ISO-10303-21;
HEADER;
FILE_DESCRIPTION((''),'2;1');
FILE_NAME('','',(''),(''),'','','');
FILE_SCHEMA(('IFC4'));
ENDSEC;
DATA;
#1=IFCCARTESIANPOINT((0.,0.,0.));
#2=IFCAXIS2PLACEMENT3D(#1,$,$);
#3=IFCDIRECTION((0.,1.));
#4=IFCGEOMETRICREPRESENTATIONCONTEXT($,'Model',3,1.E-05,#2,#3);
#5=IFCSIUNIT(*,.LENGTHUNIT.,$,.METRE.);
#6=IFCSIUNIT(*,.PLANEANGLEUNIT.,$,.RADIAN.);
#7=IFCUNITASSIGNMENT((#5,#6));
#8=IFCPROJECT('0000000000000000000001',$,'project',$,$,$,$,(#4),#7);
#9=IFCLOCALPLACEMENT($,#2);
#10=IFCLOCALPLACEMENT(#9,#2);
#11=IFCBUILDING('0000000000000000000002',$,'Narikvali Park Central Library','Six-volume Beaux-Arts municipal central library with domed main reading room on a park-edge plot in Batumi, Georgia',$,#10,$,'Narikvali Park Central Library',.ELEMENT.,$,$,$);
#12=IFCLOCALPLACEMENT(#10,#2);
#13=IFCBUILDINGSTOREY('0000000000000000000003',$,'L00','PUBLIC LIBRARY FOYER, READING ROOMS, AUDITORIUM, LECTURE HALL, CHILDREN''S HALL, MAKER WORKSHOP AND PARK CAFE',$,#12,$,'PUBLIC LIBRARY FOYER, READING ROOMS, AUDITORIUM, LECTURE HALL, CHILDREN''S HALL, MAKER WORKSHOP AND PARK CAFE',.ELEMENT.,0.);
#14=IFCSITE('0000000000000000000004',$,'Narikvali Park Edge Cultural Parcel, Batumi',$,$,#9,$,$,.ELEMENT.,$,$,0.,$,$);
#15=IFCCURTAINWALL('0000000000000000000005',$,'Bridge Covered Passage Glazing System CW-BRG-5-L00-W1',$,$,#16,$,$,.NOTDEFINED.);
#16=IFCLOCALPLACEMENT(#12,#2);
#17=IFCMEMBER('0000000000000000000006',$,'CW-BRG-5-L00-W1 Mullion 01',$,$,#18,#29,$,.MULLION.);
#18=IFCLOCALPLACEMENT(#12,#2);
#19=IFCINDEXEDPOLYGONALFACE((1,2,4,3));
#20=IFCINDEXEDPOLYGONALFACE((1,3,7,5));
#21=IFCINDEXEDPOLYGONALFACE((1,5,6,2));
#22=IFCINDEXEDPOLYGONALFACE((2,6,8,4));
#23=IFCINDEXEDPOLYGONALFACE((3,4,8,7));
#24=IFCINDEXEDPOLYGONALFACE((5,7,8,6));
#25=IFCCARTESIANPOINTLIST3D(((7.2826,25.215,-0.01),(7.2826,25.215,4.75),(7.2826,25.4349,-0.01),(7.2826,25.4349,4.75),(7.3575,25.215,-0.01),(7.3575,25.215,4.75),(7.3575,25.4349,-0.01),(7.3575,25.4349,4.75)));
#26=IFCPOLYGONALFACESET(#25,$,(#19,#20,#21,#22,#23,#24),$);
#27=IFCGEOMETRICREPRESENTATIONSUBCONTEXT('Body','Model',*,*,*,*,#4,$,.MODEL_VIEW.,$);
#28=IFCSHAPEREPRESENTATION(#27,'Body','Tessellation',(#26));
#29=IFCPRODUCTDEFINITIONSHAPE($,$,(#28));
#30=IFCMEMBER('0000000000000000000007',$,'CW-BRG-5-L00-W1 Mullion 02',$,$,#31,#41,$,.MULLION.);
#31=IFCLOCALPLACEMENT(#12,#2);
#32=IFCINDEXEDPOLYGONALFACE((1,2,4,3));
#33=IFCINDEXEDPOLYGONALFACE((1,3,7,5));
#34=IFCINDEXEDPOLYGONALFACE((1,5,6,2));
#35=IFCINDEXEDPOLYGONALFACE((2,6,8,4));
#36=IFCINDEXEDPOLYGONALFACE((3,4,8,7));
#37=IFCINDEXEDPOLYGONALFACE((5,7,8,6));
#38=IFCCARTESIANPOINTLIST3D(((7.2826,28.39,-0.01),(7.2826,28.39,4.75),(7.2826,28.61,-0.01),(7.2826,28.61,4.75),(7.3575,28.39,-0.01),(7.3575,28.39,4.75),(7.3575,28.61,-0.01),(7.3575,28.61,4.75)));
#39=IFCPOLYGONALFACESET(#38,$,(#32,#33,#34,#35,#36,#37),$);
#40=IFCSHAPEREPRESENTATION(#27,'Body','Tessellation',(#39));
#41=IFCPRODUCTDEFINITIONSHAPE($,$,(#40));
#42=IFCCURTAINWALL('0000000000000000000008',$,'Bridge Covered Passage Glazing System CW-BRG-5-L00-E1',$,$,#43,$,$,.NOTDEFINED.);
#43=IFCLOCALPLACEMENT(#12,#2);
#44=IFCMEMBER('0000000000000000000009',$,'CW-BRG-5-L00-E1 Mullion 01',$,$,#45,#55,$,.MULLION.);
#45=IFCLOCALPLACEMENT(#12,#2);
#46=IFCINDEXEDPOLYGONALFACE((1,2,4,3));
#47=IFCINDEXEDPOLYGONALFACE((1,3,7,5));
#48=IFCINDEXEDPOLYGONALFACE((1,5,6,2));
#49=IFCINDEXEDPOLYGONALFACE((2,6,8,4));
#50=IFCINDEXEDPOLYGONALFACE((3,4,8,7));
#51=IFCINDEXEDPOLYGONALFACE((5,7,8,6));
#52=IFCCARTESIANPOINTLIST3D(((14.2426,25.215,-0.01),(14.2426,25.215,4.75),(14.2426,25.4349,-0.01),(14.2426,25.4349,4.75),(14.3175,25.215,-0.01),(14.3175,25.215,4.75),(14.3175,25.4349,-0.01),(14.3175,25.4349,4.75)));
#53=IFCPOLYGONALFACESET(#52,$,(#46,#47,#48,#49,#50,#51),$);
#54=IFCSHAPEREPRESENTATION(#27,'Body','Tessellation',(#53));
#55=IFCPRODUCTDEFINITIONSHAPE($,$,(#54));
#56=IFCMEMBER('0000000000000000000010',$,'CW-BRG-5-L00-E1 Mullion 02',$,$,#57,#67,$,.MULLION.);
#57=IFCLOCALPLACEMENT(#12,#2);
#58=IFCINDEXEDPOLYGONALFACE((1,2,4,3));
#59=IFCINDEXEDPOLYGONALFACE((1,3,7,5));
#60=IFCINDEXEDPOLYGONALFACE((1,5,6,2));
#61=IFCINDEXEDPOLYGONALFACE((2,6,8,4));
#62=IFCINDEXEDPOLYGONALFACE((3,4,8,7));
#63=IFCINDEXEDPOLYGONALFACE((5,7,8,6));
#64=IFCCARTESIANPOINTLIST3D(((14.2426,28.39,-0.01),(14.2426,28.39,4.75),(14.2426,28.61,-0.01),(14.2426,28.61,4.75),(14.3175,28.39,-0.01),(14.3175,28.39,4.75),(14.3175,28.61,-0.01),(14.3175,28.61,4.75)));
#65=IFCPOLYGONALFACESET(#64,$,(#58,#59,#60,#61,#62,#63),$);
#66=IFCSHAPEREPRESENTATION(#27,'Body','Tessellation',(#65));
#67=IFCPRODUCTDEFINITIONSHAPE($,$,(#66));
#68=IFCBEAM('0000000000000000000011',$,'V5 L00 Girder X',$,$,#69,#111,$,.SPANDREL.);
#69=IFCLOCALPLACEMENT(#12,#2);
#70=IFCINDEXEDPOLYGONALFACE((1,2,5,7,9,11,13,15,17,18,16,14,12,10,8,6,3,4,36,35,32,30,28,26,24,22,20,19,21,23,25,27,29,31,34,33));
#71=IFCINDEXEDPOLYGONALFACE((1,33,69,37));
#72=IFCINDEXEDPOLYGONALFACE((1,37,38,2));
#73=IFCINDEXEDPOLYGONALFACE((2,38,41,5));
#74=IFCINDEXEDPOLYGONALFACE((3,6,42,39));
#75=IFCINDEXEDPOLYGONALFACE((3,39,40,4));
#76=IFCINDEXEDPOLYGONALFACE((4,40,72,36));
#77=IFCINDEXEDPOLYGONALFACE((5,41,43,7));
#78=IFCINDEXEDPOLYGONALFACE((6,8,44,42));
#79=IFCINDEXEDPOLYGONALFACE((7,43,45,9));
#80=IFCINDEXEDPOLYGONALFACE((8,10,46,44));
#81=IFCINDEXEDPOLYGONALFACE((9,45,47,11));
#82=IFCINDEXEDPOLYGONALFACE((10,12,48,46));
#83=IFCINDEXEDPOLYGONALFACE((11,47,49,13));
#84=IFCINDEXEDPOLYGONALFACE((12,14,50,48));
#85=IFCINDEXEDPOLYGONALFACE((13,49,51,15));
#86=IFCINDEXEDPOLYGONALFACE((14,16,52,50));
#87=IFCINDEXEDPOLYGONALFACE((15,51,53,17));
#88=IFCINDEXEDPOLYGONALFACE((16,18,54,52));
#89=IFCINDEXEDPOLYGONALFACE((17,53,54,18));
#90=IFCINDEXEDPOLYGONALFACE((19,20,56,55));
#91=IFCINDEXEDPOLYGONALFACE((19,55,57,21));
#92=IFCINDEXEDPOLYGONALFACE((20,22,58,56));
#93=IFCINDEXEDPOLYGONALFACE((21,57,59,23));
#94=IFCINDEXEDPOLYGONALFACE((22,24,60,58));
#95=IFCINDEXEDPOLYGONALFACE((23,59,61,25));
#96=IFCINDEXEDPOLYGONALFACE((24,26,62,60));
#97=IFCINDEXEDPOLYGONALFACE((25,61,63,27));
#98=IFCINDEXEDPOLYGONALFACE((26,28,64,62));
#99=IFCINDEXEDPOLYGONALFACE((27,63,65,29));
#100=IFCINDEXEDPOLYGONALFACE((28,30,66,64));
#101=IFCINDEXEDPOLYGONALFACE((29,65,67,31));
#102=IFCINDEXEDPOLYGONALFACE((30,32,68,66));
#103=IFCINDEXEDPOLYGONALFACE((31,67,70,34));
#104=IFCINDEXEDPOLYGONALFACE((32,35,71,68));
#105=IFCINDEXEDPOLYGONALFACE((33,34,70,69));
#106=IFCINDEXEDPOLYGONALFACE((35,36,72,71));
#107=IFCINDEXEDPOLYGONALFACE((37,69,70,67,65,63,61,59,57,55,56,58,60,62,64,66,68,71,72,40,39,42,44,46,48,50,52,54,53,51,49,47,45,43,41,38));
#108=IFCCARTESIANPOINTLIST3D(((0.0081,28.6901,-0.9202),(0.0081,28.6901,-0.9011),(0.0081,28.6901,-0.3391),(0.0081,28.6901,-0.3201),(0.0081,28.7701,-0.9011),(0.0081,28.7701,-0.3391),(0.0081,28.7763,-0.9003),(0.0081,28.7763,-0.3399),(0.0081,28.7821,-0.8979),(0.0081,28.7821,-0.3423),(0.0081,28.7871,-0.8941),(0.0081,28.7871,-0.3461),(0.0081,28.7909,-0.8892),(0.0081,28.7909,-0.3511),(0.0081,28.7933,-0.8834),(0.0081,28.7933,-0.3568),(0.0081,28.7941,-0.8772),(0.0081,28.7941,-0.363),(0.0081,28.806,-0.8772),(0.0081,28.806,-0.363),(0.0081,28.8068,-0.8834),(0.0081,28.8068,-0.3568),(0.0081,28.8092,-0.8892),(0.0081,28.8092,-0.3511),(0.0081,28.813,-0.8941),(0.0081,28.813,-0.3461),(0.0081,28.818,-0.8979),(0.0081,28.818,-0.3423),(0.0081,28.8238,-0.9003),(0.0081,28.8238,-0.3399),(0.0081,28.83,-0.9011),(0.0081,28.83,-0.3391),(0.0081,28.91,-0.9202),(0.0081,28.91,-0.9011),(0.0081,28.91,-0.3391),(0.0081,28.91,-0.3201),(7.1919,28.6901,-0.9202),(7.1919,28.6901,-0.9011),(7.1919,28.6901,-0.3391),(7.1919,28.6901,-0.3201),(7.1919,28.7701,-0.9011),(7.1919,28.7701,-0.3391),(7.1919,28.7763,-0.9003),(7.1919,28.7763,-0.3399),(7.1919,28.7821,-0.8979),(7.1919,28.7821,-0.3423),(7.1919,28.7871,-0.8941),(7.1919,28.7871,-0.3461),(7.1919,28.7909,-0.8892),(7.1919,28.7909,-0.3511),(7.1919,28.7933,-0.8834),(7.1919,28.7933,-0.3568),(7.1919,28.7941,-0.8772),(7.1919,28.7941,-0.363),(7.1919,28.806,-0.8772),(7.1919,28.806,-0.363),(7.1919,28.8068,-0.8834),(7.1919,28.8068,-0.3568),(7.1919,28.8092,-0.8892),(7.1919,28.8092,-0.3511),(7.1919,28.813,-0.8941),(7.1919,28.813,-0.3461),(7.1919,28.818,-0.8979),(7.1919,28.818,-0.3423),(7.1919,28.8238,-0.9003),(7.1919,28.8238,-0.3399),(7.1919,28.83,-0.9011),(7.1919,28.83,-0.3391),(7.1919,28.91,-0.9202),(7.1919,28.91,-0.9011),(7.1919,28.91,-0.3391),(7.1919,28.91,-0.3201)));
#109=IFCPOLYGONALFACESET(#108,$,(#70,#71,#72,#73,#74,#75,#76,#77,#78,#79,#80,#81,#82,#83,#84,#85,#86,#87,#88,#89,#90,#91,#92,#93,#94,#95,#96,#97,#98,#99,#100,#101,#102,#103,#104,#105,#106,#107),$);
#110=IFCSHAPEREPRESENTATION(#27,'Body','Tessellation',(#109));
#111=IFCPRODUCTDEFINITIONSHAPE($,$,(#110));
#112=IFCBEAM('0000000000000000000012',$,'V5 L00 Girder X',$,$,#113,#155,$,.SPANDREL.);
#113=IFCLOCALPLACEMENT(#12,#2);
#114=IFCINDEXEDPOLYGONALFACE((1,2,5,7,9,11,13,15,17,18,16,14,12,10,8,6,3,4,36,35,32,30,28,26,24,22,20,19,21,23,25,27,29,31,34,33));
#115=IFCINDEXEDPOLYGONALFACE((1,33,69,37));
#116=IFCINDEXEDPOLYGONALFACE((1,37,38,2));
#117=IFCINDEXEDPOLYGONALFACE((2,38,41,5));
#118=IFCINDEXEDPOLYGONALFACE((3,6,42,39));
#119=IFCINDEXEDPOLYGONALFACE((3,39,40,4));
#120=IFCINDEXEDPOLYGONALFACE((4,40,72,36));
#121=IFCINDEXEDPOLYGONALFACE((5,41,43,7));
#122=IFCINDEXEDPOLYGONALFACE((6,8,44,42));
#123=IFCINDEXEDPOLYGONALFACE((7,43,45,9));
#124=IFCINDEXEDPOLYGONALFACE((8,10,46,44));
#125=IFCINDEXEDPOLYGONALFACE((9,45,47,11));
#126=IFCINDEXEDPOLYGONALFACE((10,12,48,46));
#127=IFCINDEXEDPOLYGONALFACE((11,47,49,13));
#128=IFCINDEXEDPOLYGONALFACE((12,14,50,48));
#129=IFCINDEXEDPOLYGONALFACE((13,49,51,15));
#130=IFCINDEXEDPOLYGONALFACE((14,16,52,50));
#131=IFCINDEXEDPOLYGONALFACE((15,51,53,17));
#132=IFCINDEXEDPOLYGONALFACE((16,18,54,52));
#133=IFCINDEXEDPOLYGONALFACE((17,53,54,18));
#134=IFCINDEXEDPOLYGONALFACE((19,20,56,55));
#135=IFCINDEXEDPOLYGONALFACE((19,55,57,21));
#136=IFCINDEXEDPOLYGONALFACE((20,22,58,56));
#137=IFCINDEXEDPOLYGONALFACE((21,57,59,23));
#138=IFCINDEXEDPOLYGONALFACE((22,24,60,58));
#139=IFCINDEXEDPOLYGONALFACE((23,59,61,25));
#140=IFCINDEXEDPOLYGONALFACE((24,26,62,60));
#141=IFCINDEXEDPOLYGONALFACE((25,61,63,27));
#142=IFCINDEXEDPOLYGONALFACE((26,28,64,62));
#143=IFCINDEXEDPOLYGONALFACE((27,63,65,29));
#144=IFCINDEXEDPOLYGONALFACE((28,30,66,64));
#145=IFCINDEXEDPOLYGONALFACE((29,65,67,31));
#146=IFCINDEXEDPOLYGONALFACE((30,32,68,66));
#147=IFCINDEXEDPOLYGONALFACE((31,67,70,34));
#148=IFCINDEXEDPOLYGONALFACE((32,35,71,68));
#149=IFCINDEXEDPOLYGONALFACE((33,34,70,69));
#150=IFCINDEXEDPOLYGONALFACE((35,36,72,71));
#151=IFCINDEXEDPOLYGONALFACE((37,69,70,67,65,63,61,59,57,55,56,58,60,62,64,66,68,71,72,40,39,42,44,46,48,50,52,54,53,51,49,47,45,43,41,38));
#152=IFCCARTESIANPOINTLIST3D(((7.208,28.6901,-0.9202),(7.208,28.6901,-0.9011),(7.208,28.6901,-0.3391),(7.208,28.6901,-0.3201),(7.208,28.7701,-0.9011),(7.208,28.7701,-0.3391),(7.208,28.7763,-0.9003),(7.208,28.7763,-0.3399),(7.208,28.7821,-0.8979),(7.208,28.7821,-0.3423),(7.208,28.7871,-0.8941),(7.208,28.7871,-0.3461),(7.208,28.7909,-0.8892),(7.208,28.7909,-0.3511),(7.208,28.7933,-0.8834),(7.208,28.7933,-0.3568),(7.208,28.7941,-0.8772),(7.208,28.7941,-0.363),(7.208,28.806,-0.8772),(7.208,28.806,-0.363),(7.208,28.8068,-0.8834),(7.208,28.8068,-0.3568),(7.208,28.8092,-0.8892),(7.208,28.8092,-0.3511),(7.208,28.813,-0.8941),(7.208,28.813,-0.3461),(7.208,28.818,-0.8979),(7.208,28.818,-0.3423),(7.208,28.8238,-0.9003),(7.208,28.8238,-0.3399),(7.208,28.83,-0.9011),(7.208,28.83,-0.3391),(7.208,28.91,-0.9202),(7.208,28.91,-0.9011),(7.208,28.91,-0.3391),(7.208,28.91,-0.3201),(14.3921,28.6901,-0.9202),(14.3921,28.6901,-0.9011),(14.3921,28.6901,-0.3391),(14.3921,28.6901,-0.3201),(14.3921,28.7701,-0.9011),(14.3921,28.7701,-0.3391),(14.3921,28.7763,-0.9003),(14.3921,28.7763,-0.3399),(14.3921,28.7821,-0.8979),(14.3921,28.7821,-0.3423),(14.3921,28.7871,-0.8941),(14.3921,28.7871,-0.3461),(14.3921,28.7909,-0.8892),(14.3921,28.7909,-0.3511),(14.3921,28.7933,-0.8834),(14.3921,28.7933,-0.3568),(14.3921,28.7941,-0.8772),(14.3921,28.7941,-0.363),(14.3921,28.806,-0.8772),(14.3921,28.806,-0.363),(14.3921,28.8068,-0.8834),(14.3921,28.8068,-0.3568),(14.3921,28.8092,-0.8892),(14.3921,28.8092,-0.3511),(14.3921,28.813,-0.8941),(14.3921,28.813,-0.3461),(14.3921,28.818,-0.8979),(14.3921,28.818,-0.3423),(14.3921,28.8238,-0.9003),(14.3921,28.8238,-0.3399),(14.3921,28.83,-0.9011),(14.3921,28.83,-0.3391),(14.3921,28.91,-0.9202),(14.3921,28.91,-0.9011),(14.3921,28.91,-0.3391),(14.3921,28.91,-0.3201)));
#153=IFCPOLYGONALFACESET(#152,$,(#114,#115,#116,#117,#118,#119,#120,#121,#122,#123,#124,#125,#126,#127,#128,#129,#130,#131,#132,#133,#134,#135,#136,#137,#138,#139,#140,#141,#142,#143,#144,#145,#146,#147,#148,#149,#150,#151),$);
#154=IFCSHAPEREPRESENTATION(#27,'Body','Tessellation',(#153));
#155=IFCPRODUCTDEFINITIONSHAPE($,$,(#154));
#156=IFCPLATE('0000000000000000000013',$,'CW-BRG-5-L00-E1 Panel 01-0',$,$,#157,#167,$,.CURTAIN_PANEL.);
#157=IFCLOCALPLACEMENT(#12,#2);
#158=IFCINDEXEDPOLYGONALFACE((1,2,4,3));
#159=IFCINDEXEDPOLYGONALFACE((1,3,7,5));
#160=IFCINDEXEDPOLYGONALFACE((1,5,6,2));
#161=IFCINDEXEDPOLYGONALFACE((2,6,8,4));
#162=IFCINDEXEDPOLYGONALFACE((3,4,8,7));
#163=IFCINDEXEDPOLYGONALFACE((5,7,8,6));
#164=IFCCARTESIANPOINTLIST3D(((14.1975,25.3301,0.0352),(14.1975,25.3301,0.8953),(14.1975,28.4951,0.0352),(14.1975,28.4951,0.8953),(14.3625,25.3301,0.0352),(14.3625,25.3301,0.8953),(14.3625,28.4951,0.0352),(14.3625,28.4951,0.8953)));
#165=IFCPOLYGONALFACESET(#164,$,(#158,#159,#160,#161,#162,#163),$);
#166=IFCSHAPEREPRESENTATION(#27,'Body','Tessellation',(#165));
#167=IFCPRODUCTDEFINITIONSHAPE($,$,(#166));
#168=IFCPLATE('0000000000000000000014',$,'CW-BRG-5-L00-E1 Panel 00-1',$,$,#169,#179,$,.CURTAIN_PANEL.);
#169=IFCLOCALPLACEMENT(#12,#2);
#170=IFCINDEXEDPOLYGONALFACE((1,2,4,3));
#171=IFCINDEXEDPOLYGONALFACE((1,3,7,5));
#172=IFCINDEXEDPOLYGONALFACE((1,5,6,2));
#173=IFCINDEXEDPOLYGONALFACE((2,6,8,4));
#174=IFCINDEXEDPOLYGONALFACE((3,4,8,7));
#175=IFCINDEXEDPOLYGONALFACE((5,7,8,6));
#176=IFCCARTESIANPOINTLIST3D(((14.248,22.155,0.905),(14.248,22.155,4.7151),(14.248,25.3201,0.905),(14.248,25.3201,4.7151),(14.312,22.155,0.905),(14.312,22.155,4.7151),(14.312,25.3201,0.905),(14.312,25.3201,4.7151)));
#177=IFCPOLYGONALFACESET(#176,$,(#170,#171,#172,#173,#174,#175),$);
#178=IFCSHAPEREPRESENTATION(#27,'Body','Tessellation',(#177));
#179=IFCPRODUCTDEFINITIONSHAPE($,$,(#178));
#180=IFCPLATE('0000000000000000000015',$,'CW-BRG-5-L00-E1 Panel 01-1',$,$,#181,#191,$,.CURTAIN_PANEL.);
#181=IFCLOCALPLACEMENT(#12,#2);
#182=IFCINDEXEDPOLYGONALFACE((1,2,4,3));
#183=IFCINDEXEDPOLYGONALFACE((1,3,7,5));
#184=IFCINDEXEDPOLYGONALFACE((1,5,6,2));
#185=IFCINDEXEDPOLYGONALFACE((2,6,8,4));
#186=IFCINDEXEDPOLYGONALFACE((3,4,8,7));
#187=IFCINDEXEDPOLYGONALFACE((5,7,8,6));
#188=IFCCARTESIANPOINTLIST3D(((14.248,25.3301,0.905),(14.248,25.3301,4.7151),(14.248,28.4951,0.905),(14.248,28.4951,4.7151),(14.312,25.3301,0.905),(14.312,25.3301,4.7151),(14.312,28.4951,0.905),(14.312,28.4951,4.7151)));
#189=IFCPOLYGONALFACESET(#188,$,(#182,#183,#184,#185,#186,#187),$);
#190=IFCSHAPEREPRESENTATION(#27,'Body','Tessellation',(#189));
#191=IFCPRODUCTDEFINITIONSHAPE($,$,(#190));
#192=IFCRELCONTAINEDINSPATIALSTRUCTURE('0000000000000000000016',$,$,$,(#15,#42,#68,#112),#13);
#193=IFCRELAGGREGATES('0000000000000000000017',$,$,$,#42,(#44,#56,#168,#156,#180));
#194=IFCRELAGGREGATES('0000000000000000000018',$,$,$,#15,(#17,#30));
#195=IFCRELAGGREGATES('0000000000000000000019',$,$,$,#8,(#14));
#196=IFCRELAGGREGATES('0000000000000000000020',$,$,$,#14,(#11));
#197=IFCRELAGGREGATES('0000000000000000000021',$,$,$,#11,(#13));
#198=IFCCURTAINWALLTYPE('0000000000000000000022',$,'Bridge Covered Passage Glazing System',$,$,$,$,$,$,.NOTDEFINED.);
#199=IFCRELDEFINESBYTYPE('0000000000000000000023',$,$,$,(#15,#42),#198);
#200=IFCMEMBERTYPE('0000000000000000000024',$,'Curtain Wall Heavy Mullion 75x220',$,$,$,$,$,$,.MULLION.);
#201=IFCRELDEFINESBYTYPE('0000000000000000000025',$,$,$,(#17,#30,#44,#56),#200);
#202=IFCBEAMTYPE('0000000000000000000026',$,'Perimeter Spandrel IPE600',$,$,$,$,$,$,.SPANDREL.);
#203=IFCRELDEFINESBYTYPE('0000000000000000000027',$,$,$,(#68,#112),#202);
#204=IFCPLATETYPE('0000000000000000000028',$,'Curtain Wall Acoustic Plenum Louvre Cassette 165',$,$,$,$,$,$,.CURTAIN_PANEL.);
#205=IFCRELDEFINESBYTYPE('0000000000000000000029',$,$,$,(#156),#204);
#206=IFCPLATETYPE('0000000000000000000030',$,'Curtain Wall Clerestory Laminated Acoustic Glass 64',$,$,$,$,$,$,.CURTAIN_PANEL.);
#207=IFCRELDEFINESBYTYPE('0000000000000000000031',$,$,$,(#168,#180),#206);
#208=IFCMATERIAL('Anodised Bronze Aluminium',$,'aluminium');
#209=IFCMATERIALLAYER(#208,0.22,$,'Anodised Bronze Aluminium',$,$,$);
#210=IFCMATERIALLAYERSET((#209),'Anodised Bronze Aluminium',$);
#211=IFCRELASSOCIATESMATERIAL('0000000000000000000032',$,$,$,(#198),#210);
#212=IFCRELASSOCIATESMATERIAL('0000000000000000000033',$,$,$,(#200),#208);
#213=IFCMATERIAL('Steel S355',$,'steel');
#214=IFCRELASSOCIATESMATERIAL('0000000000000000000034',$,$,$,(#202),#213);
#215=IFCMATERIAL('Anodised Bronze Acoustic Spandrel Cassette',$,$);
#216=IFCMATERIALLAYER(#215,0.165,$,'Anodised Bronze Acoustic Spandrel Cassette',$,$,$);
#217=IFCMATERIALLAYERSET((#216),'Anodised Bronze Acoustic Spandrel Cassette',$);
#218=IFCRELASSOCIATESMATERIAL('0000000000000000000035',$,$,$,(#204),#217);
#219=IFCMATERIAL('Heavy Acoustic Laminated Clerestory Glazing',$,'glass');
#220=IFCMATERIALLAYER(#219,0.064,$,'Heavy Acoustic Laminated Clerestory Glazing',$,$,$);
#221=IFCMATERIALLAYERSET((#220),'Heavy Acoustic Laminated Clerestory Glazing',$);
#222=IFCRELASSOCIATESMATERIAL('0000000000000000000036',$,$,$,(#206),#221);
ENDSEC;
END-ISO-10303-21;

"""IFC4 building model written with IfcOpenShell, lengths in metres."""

from ifc_helpers import new_model, si_unit, direction, frame, origin, origin_2d, place, context, subcontext, project, spatial, rectangle, i_section, extrude, material, layer, layer_set, material_profile, profile_set, type_object, element, aggregate, save


model = new_model("IFC4")

# Units and contexts
model_context = context("Model", 3, precision=1e-05, world=origin(), true_north=direction((0.0, 1.0)))
body_context = subcontext(model_context, "Body", "Model", "MODEL_VIEW")
ifc_project = project(units=[si_unit("LENGTHUNIT", "METRE"), si_unit("PLANEANGLEUNIT", "RADIAN")], contexts=[model_context])

# Site, building, storey
site_placement = place(None, origin())
site = spatial("IfcSite", under=ifc_project, at=site_placement, Name="Narikvali Park Edge Cultural Parcel, Batumi", CompositionType="ELEMENT", RefElevation=0.0)
building_placement = place(site_placement, origin())
building = spatial("IfcBuilding", under=site, at=building_placement, Name="Narikvali Park Central Library", Description="Six-volume Beaux-Arts municipal central library with domed main reading room on a park-edge plot in Batumi, Georgia", LongName="Narikvali Park Central Library", CompositionType="ELEMENT")
storey_placement = place(building_placement, origin())
storey = spatial("IfcBuildingStorey", under=building, at=storey_placement, Name="L00", Description="PUBLIC LIBRARY FOYER, READING ROOMS, AUDITORIUM, LECTURE HALL, CHILDREN'S HALL, MAKER WORKSHOP AND PARK CAFE", LongName="PUBLIC LIBRARY FOYER, READING ROOMS, AUDITORIUM, LECTURE HALL, CHILDREN'S HALL, MAKER WORKSHOP AND PARK CAFE", CompositionType="ELEMENT", Elevation=0.0)

# Shared definitions
ifc_material_1 = material(Name="Steel S355", Category="steel")

# Curtain walls, members
ifc_material_2 = material(Name="Anodised Bronze Aluminium", Category="aluminium")
ifc_layer_1 = layer(ifc_material_2, 0.22, Name="Anodised Bronze Aluminium")
ifc_layer_set_1 = layer_set([ifc_layer_1], Name="Anodised Bronze Aluminium")
curtain_wall_type = type_object("IfcCurtainWallType", Name="Bridge Covered Passage Glazing System", PredefinedType="NOTDEFINED", material=ifc_layer_set_1)
curtain_wall_1_placement = place(storey_placement, origin())
curtain_wall_1 = element("IfcCurtainWall", 1, at=curtain_wall_1_placement, inside=storey, type_object=curtain_wall_type, Name="Bridge Covered Passage Glazing System CW-BRG-5-L00-W1", PredefinedType="NOTDEFINED")
ifc_material_profile_1 = material_profile(ifc_material_2, rectangle(XDim=0.075, YDim=0.22, at=origin_2d()), Name="CW MULLION 75x220")
ifc_profile_set_1 = profile_set([ifc_material_profile_1], Name="Anodised Bronze Aluminium")
member_type = type_object("IfcMemberType", Name="Curtain Wall Heavy Mullion 75x220", PredefinedType="MULLION", material=ifc_profile_set_1)
member_1_placement = place(storey_placement, frame((7.3201, 25.325, -0.01), z_axis=(0.0, 0.0, 1.0), x_axis=(1.0, 0.0, 0.0)))
member_1 = element("IfcMember", 2, at=member_1_placement, type_object=member_type, Name="CW-BRG-5-L00-W1 Mullion 01", PredefinedType="MULLION", context=body_context, shape_type="SweptSolid", body=[
    extrude(rectangle(XDim=0.075, YDim=0.22, at=origin_2d()), origin(), (0.0, 0.0, 1.0), 4.76),
])
member_2_placement = place(storey_placement, frame((7.3201, 28.5, -0.01), z_axis=(0.0, 0.0, 1.0), x_axis=(1.0, 0.0, 0.0)))
member_2 = element("IfcMember", 3, at=member_2_placement, type_object=member_type, Name="CW-BRG-5-L00-W1 Mullion 02", PredefinedType="MULLION", context=body_context, shape_type="SweptSolid", body=[
    extrude(rectangle(XDim=0.075, YDim=0.22, at=origin_2d()), origin(), (0.0, 0.0, 1.0), 4.76),
])
curtain_wall_2_placement = place(storey_placement, origin())
curtain_wall_2 = element("IfcCurtainWall", 4, at=curtain_wall_2_placement, inside=storey, type_object=curtain_wall_type, Name="Bridge Covered Passage Glazing System CW-BRG-5-L00-E1", PredefinedType="NOTDEFINED")
member_3_placement = place(storey_placement, frame((14.28, 25.325, -0.01), z_axis=(0.0, 0.0, 1.0), x_axis=(1.0, 0.0, 0.0)))
member_3 = element("IfcMember", 5, at=member_3_placement, type_object=member_type, Name="CW-BRG-5-L00-E1 Mullion 01", PredefinedType="MULLION", context=body_context, shape_type="SweptSolid", body=[
    extrude(rectangle(XDim=0.075, YDim=0.22, at=origin_2d()), origin(), (0.0, 0.0, 1.0), 4.76),
])
member_4_placement = place(storey_placement, frame((14.28, 28.5, -0.01), z_axis=(0.0, 0.0, 1.0), x_axis=(1.0, 0.0, 0.0)))
member_4 = element("IfcMember", 6, at=member_4_placement, type_object=member_type, Name="CW-BRG-5-L00-E1 Mullion 02", PredefinedType="MULLION", context=body_context, shape_type="SweptSolid", body=[
    extrude(rectangle(XDim=0.075, YDim=0.22, at=origin_2d()), origin(), (0.0, 0.0, 1.0), 4.76),
])

# Beams
ifc_material_profile_2 = material_profile(ifc_material_1, i_section(OverallWidth=0.22, OverallDepth=0.6001, WebThickness=0.012, FlangeThickness=0.019, FilletRadius=0.0239, at=origin_2d()), Name="IPE 600")
ifc_profile_set_2 = profile_set([ifc_material_profile_2], Name="Steel S355")
beam_type = type_object("IfcBeamType", Name="Perimeter Spandrel IPE600", PredefinedType="SPANDREL", material=ifc_profile_set_2)
beam_1_placement = place(storey_placement, frame((0.0081, 28.8, -0.6201), z_axis=(1.0, 0.0, 0.0), x_axis=(0.0, 1.0, 0.0)))
element("IfcBeam", 7, at=beam_1_placement, inside=storey, type_object=beam_type, Name="V5 L00 Girder X", PredefinedType="SPANDREL", context=body_context, shape_type="SweptSolid", body=[
    extrude(i_section(OverallWidth=0.22, OverallDepth=0.6001, WebThickness=0.012, FlangeThickness=0.019, FilletRadius=0.0239, at=origin_2d()), origin(), (0.0, 0.0, 1.0), 7.1838),
])
beam_2_placement = place(storey_placement, frame((7.208, 28.8, -0.6201), z_axis=(1.0, 0.0, 0.0), x_axis=(0.0, 1.0, 0.0)))
element("IfcBeam", 8, at=beam_2_placement, inside=storey, type_object=beam_type, Name="V5 L00 Girder X", PredefinedType="SPANDREL", context=body_context, shape_type="SweptSolid", body=[
    extrude(i_section(OverallWidth=0.22, OverallDepth=0.6001, WebThickness=0.012, FlangeThickness=0.019, FilletRadius=0.0239, at=origin_2d()), origin(), (0.0, 0.0, 1.0), 7.1841),
])

# Plates
ifc_material_3 = material(Name="Anodised Bronze Acoustic Spandrel Cassette")
ifc_layer_2 = layer(ifc_material_3, 0.165, Name="Anodised Bronze Acoustic Spandrel Cassette")
ifc_layer_set_2 = layer_set([ifc_layer_2], Name="Anodised Bronze Acoustic Spandrel Cassette")
plate_type_1 = type_object("IfcPlateType", Name="Curtain Wall Acoustic Plenum Louvre Cassette 165", PredefinedType="CURTAIN_PANEL", material=ifc_layer_set_2)
plate_1_placement = place(storey_placement, frame((14.28, 26.9126, 0.0352), z_axis=(0.0, 0.0, 1.0), x_axis=(0.0, 1.0, 0.0)))
plate_1 = element("IfcPlate", 9, at=plate_1_placement, type_object=plate_type_1, Name="CW-BRG-5-L00-E1 Panel 01-0", PredefinedType="CURTAIN_PANEL", context=body_context, shape_type="SweptSolid", body=[
    extrude(rectangle(XDim=3.165, YDim=0.165, at=origin_2d()), origin(), (0.0, 0.0, 1.0), 0.8601),
])
ifc_material_4 = material(Name="Heavy Acoustic Laminated Clerestory Glazing", Category="glass")
ifc_layer_3 = layer(ifc_material_4, 0.064, Name="Heavy Acoustic Laminated Clerestory Glazing")
ifc_layer_set_3 = layer_set([ifc_layer_3], Name="Heavy Acoustic Laminated Clerestory Glazing")
plate_type_2 = type_object("IfcPlateType", Name="Curtain Wall Clerestory Laminated Acoustic Glass 64", PredefinedType="CURTAIN_PANEL", material=ifc_layer_set_3)
plate_2_placement = place(storey_placement, frame((14.28, 23.7375, 0.905), z_axis=(0.0, 0.0, 1.0), x_axis=(0.0, 1.0, 0.0)))
plate_2 = element("IfcPlate", 10, at=plate_2_placement, type_object=plate_type_2, Name="CW-BRG-5-L00-E1 Panel 00-1", PredefinedType="CURTAIN_PANEL", context=body_context, shape_type="SweptSolid", body=[
    extrude(rectangle(XDim=3.165, YDim=0.064, at=origin_2d()), origin(), (0.0, 0.0, 1.0), 3.8101),
])
plate_3_placement = place(storey_placement, frame((14.28, 26.9126, 0.905), z_axis=(0.0, 0.0, 1.0), x_axis=(0.0, 1.0, 0.0)))
plate_3 = element("IfcPlate", 11, at=plate_3_placement, type_object=plate_type_2, Name="CW-BRG-5-L00-E1 Panel 01-1", PredefinedType="CURTAIN_PANEL", context=body_context, shape_type="SweptSolid", body=[
    extrude(rectangle(XDim=3.165, YDim=0.064, at=origin_2d()), origin(), (0.0, 0.0, 1.0), 3.8101),
])
aggregate(curtain_wall_2, [member_3, member_4, plate_2, plate_1, plate_3])
aggregate(curtain_wall_1, [member_1, member_2])

save(model, "model.ifc")
